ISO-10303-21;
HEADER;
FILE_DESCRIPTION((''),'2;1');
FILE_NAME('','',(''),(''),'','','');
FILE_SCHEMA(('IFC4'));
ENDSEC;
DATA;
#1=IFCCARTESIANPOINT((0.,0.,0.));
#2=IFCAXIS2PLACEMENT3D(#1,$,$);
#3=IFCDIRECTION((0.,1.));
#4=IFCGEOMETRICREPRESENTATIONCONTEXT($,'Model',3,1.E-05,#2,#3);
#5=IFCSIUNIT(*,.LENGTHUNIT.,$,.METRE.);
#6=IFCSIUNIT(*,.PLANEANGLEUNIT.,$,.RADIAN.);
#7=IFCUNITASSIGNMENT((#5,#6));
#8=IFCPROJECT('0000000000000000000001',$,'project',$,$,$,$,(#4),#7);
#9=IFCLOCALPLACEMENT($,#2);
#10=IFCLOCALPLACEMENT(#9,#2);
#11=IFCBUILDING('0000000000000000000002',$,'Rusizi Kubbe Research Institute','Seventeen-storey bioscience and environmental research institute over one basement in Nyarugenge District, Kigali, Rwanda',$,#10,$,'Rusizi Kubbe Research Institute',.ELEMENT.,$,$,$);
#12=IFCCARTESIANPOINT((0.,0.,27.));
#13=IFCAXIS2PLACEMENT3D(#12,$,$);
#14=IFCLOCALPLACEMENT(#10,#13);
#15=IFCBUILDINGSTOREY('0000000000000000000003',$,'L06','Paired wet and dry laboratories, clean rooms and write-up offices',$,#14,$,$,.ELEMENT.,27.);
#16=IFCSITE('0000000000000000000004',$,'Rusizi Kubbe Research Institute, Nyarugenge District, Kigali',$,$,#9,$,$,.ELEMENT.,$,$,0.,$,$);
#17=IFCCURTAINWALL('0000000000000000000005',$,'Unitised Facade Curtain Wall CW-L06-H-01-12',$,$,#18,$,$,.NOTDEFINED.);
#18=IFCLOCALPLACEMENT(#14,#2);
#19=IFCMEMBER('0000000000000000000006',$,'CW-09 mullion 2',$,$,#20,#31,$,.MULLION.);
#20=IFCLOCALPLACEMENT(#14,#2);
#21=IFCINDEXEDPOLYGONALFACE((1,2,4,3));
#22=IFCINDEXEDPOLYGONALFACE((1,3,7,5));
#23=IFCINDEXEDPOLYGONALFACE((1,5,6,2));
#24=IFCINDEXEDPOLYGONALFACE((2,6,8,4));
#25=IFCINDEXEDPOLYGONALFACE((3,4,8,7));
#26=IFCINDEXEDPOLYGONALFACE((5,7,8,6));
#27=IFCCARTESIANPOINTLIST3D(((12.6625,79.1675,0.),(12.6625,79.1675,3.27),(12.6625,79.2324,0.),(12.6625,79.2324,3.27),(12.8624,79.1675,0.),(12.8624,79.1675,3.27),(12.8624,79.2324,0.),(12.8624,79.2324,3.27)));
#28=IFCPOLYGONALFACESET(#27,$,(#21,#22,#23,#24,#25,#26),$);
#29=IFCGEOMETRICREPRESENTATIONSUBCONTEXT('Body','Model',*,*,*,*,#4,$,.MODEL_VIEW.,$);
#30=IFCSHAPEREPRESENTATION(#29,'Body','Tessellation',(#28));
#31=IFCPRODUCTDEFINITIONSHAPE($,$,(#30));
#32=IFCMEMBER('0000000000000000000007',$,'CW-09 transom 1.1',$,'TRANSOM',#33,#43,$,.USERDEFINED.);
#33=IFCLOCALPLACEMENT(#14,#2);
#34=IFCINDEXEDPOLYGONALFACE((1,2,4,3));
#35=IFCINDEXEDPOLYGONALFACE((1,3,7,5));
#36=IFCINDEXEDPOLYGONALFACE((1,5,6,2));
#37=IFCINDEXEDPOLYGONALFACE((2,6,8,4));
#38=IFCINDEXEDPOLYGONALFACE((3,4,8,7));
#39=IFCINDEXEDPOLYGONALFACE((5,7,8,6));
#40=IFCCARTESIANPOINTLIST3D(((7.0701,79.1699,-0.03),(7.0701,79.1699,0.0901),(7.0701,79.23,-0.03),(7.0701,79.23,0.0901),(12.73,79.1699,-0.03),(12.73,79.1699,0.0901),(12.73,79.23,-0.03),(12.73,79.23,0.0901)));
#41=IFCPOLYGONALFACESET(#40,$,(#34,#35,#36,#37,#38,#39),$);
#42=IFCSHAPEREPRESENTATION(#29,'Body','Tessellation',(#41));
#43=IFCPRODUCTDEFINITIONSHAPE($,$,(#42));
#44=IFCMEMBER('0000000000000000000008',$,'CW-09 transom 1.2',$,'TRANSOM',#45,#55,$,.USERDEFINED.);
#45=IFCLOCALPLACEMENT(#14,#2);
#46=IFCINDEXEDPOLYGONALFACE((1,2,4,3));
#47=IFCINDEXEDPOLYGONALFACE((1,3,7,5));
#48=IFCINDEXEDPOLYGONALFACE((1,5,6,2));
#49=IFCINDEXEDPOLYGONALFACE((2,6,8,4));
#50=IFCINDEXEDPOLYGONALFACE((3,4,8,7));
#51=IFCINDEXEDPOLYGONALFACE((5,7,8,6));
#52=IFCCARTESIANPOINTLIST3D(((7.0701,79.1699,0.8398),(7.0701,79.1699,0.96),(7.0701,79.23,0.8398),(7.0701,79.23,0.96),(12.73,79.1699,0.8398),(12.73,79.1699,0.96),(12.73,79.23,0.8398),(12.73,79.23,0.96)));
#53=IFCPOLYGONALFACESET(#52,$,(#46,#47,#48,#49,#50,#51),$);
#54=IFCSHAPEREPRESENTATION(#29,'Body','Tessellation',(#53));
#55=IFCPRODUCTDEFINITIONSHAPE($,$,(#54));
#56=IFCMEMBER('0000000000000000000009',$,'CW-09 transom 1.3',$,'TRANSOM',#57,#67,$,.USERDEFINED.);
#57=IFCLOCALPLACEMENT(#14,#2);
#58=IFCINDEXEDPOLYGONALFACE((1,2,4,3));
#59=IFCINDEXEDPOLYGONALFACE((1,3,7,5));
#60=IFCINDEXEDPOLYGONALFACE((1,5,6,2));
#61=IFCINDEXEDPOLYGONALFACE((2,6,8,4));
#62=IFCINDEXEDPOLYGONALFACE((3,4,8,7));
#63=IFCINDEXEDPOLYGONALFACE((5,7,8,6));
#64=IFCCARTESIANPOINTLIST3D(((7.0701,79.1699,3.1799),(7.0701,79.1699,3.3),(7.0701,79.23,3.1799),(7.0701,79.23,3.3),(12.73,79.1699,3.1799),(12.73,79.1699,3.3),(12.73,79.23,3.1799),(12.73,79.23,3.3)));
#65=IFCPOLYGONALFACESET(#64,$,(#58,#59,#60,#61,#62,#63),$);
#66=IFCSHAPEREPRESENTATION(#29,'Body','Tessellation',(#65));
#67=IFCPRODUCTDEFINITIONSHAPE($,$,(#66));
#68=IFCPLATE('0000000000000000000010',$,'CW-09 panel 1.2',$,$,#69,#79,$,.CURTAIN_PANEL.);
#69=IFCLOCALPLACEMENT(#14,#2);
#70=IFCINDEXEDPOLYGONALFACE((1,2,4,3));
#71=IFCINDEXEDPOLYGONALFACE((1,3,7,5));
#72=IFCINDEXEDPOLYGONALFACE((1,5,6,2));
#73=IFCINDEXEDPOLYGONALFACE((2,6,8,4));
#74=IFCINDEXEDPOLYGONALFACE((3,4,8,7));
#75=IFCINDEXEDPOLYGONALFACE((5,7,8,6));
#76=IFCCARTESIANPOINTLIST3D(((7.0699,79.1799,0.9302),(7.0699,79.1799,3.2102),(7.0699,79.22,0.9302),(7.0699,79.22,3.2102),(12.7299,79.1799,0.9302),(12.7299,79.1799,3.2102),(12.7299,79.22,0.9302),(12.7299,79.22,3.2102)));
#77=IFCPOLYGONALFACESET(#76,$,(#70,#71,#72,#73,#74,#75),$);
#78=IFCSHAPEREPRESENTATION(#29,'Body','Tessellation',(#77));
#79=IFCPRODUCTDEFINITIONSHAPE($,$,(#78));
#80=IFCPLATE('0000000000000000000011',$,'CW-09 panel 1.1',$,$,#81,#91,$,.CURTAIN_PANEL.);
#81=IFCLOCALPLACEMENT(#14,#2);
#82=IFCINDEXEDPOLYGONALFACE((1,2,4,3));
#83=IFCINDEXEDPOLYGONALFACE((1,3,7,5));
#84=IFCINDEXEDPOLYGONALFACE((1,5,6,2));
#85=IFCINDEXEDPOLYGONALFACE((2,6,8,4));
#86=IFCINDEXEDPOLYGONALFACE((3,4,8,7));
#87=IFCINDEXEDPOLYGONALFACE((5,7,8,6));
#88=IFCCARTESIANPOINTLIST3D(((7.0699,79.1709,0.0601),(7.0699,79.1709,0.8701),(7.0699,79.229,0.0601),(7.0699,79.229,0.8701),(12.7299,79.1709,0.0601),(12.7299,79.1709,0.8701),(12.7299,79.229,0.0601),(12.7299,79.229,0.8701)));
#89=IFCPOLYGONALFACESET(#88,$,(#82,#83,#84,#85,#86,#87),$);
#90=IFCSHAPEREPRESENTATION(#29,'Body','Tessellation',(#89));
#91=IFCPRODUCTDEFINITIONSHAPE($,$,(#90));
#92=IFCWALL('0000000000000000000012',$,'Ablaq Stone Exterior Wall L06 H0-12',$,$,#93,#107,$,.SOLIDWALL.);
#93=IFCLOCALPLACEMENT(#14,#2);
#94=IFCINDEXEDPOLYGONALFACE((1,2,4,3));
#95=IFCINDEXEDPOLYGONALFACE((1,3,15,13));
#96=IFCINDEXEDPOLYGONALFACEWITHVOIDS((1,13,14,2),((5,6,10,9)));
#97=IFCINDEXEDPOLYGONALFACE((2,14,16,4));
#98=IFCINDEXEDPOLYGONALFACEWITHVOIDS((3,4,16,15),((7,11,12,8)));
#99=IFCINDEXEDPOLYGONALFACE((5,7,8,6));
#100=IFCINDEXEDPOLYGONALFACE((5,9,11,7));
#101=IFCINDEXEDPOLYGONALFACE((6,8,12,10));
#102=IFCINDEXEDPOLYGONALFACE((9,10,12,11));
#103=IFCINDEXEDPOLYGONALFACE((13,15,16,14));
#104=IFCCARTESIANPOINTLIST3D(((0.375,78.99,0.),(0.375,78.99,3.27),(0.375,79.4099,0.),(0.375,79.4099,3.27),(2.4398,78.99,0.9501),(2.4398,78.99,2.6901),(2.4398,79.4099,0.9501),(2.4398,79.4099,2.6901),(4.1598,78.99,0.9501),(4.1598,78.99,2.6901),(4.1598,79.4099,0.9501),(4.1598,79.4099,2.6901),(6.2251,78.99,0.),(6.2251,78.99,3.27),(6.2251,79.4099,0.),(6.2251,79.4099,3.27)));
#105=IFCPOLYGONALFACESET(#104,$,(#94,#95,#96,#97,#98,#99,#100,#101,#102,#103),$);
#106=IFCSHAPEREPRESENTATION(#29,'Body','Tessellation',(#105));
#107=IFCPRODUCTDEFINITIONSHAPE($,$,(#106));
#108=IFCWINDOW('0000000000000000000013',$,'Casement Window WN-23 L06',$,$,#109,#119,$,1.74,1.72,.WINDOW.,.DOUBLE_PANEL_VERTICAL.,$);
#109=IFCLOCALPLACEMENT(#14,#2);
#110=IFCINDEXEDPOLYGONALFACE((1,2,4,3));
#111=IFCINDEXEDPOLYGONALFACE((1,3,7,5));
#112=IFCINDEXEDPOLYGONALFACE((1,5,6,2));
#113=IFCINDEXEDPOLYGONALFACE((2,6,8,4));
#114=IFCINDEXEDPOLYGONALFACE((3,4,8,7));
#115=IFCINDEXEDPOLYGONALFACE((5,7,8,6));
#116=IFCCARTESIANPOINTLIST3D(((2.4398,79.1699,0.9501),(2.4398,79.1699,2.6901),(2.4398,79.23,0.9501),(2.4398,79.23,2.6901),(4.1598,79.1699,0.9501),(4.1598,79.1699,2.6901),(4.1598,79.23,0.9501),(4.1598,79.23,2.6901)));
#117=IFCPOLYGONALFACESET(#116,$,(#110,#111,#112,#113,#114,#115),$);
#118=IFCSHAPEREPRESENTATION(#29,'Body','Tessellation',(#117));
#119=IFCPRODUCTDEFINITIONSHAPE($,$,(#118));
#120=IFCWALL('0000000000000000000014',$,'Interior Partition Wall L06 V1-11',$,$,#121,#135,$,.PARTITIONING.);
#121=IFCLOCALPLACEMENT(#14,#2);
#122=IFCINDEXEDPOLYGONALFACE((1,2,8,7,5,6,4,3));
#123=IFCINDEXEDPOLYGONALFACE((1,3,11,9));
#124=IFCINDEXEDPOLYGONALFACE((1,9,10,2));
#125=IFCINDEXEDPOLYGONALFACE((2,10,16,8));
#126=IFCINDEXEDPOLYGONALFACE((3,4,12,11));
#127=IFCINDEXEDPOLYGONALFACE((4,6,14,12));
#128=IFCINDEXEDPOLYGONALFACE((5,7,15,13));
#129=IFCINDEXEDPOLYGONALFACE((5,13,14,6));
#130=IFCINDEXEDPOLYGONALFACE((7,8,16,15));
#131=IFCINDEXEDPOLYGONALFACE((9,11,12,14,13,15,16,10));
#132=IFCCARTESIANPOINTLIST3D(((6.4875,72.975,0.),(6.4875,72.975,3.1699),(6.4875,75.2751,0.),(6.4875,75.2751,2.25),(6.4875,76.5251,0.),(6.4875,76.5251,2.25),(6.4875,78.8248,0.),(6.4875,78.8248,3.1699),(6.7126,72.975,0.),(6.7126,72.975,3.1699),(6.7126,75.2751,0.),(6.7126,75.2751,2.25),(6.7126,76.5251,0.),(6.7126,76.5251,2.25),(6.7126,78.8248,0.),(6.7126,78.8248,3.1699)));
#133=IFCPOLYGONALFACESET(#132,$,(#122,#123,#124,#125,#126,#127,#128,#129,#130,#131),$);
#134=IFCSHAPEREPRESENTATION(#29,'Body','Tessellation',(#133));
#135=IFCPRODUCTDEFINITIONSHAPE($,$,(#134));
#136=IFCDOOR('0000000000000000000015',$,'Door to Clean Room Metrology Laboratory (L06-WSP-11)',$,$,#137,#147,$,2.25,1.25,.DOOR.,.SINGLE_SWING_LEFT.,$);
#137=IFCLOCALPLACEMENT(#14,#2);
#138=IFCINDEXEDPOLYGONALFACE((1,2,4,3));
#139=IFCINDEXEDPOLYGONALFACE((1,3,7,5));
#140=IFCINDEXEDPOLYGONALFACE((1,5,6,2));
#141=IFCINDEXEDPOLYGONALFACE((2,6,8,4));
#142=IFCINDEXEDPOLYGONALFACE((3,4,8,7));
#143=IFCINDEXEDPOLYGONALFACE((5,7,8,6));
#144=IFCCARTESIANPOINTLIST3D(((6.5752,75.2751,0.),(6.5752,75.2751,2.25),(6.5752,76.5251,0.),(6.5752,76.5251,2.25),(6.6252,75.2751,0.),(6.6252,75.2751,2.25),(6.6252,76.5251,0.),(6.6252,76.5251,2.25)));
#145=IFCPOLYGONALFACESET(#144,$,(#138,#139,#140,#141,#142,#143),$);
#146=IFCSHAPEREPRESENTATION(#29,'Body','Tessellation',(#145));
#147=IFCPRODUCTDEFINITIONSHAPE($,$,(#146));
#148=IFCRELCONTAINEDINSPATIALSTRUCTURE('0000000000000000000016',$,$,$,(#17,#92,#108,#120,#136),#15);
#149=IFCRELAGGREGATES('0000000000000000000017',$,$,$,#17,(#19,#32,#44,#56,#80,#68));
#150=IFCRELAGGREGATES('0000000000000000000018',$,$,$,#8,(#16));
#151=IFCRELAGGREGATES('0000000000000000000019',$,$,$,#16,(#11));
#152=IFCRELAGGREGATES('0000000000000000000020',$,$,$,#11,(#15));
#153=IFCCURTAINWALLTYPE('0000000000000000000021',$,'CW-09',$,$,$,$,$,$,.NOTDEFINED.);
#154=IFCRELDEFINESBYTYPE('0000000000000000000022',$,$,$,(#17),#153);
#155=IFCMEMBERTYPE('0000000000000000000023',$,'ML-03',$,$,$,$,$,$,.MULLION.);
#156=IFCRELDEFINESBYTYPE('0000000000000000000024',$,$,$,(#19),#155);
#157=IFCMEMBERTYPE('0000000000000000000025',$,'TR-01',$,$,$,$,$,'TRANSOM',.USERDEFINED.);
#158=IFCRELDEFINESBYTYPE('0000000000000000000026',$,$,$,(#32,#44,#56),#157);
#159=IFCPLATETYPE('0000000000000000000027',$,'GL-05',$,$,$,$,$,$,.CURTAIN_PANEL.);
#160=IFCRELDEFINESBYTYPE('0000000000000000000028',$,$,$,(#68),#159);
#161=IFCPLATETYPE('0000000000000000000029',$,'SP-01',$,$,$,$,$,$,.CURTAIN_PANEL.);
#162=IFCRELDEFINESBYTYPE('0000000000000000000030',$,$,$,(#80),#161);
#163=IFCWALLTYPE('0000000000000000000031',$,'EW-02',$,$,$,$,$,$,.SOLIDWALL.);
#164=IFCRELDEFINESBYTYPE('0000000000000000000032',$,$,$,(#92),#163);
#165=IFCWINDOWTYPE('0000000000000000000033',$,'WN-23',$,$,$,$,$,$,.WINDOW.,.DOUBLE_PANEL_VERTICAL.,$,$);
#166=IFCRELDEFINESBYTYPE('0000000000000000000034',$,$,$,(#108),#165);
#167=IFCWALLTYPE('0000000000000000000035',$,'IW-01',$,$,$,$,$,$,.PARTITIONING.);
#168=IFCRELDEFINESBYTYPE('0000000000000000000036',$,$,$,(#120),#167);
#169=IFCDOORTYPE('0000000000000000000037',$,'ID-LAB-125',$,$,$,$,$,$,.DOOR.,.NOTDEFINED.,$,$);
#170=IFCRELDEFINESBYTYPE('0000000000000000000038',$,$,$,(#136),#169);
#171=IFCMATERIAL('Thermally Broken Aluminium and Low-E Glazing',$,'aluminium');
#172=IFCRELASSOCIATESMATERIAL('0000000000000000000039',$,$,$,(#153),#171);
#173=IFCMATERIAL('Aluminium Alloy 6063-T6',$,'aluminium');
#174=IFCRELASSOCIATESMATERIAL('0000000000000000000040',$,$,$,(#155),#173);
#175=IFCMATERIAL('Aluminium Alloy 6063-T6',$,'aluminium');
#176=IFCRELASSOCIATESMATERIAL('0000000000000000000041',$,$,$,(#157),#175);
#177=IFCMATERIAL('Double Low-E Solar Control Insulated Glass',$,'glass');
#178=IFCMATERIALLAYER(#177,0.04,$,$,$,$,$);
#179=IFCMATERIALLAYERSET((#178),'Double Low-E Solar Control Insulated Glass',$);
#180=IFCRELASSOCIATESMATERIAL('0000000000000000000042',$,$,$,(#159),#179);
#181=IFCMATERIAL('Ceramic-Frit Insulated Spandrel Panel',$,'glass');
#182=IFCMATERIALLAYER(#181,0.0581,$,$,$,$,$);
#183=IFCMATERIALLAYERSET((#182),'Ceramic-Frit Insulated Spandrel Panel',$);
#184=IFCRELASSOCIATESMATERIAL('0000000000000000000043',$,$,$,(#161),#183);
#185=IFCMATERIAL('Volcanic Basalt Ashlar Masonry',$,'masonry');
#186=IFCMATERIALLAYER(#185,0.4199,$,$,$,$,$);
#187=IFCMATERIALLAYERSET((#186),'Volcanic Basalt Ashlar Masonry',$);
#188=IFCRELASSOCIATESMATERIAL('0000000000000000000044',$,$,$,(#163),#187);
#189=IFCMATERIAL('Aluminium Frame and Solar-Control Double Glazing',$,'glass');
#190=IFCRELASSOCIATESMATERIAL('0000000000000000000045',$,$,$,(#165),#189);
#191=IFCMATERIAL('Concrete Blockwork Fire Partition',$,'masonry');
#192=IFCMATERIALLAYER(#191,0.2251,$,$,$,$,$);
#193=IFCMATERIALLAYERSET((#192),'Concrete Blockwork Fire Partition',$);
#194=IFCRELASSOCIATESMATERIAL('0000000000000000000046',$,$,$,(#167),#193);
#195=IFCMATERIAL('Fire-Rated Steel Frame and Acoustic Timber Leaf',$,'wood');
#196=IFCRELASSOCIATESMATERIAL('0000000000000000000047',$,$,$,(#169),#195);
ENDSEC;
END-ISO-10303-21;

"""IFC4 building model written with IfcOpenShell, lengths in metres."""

from ifc_helpers import new_model, si_unit, direction, frame, frame_2d, origin, origin_2d, place, context, subcontext, project, spatial, rectangle, extrude, material, layer, layer_set, material_profile, profile_set, type_object, element, fill, aggregate, save


model = new_model("IFC4")

# Units and contexts
model_context = context("Model", 3, precision=1e-05, world=origin(), true_north=direction((0.0, 1.0)))
body_context = subcontext(model_context, "Body", "Model", "MODEL_VIEW")
ifc_project = project(units=[si_unit("LENGTHUNIT", "METRE"), si_unit("PLANEANGLEUNIT", "RADIAN")], contexts=[model_context])

# Site, building, storey
site_placement = place(None, origin())
site = spatial("IfcSite", under=ifc_project, at=site_placement, Name="Rusizi Kubbe Research Institute, Nyarugenge District, Kigali", CompositionType="ELEMENT", RefElevation=0.0)
building_placement = place(site_placement, origin())
building = spatial("IfcBuilding", under=site, at=building_placement, Name="Rusizi Kubbe Research Institute", Description="Seventeen-storey bioscience and environmental research institute over one basement in Nyarugenge District, Kigali, Rwanda", LongName="Rusizi Kubbe Research Institute", CompositionType="ELEMENT")
storey_placement = place(building_placement, frame((0.0, 0.0, 27.0)))
storey = spatial("IfcBuildingStorey", under=building, at=storey_placement, Name="L06", Description="Paired wet and dry laboratories, clean rooms and write-up offices", CompositionType="ELEMENT", Elevation=27.0)

# Curtain wall, members, plates
ifc_material_1 = material(Name="Thermally Broken Aluminium and Low-E Glazing", Category="aluminium")
curtain_wall_type = type_object("IfcCurtainWallType", Name="CW-09", PredefinedType="NOTDEFINED", material=ifc_material_1)
curtain_wall_placement = place(storey_placement, origin())
curtain_wall = element("IfcCurtainWall", 1, at=curtain_wall_placement, inside=storey, type_object=curtain_wall_type, Name="Unitised Facade Curtain Wall CW-L06-H-01-12", PredefinedType="NOTDEFINED")
ifc_material_2 = material(Name="Aluminium Alloy 6063-T6", Category="aluminium")
ifc_material_profile_1 = material_profile(ifc_material_2, rectangle(XDim=0.0649, YDim=0.2, at=origin_2d()), Name="ALU-M 65x200")
ifc_profile_set_1 = profile_set([ifc_material_profile_1], Name="Aluminium Alloy 6063-T6")
member_type_1 = type_object("IfcMemberType", Name="ML-03", PredefinedType="MULLION", material=ifc_profile_set_1)
member_1_placement = place(storey_placement, frame((12.7625, 79.2, 0.0), z_axis=(0.0, 0.0, 1.0), x_axis=(0.0, 1.0, 0.0)))
member_1 = element("IfcMember", 2, at=member_1_placement, type_object=member_type_1, Name="CW-09 mullion 2", PredefinedType="MULLION", context=body_context, shape_type="SweptSolid", body=[
    extrude(rectangle(XDim=0.0649, YDim=0.2, at=origin_2d()), origin(), (0.0, 0.0, 1.0), 3.27),
])
ifc_material_3 = material(Name="Aluminium Alloy 6063-T6", Category="aluminium")
ifc_material_profile_2 = material_profile(ifc_material_3, rectangle(XDim=0.0601, YDim=0.1201, at=origin_2d()), Name="ALU-T 60x120")
ifc_profile_set_2 = profile_set([ifc_material_profile_2], Name="Aluminium Alloy 6063-T6")
member_type_2 = type_object("IfcMemberType", Name="TR-01", ElementType="TRANSOM", PredefinedType="USERDEFINED", material=ifc_profile_set_2)
member_2_placement = place(storey_placement, frame((7.0701, 79.2, 0.03), z_axis=(1.0, 0.0, 0.0), x_axis=(0.0, 1.0, 0.0)))
member_2 = element("IfcMember", 3, at=member_2_placement, type_object=member_type_2, Name="CW-09 transom 1.1", ObjectType="TRANSOM", PredefinedType="USERDEFINED", context=body_context, shape_type="SweptSolid", body=[
    extrude(rectangle(XDim=0.0601, YDim=0.1201, at=origin_2d()), origin(), (0.0, 0.0, 1.0), 5.6599),
])
member_3_placement = place(storey_placement, frame((7.0701, 79.2, 0.8999), z_axis=(1.0, 0.0, 0.0), x_axis=(0.0, 1.0, 0.0)))
member_3 = element("IfcMember", 4, at=member_3_placement, type_object=member_type_2, Name="CW-09 transom 1.2", ObjectType="TRANSOM", PredefinedType="USERDEFINED", context=body_context, shape_type="SweptSolid", body=[
    extrude(rectangle(XDim=0.0601, YDim=0.1201, at=origin_2d()), origin(), (0.0, 0.0, 1.0), 5.6599),
])
member_4_placement = place(storey_placement, frame((7.0701, 79.2, 3.24), z_axis=(1.0, 0.0, 0.0), x_axis=(0.0, 1.0, 0.0)))
member_4 = element("IfcMember", 5, at=member_4_placement, type_object=member_type_2, Name="CW-09 transom 1.3", ObjectType="TRANSOM", PredefinedType="USERDEFINED", context=body_context, shape_type="SweptSolid", body=[
    extrude(rectangle(XDim=0.0601, YDim=0.1201, at=origin_2d()), origin(), (0.0, 0.0, 1.0), 5.6599),
])
ifc_material_4 = material(Name="Double Low-E Solar Control Insulated Glass", Category="glass")
ifc_layer_1 = layer(ifc_material_4, 0.04)
ifc_layer_set_1 = layer_set([ifc_layer_1], Name="Double Low-E Solar Control Insulated Glass")
plate_type_1 = type_object("IfcPlateType", Name="GL-05", PredefinedType="CURTAIN_PANEL", material=ifc_layer_set_1)
plate_1_placement = place(storey_placement, frame((9.8999, 79.2, 0.9302), z_axis=(0.0, 0.0, 1.0), x_axis=(1.0, 0.0, 0.0)))
plate_1 = element("IfcPlate", 6, at=plate_1_placement, type_object=plate_type_1, Name="CW-09 panel 1.2", PredefinedType="CURTAIN_PANEL", context=body_context, shape_type="SweptSolid", body=[
    extrude(rectangle(XDim=5.6599, YDim=0.04, at=origin_2d()), origin(), (0.0, 0.0, 1.0), 2.28),
])
ifc_material_5 = material(Name="Ceramic-Frit Insulated Spandrel Panel", Category="glass")
ifc_layer_2 = layer(ifc_material_5, 0.0581)
ifc_layer_set_2 = layer_set([ifc_layer_2], Name="Ceramic-Frit Insulated Spandrel Panel")
plate_type_2 = type_object("IfcPlateType", Name="SP-01", PredefinedType="CURTAIN_PANEL", material=ifc_layer_set_2)
plate_2_placement = place(storey_placement, frame((9.8999, 79.2, 0.0601), z_axis=(0.0, 0.0, 1.0), x_axis=(1.0, 0.0, 0.0)))
plate_2 = element("IfcPlate", 7, at=plate_2_placement, type_object=plate_type_2, Name="CW-09 panel 1.1", PredefinedType="CURTAIN_PANEL", context=body_context, shape_type="SweptSolid", body=[
    extrude(rectangle(XDim=5.6599, YDim=0.0581, at=origin_2d()), origin(), (0.0, 0.0, 1.0), 0.8101),
])
aggregate(curtain_wall, [member_1, member_2, member_3, member_4, plate_2, plate_1])

# Wall, opening, window
ifc_material_6 = material(Name="Volcanic Basalt Ashlar Masonry", Category="masonry")
ifc_layer_3 = layer(ifc_material_6, 0.4199)
ifc_layer_set_3 = layer_set([ifc_layer_3], Name="Volcanic Basalt Ashlar Masonry")
wall_type_1 = type_object("IfcWallType", Name="EW-02", PredefinedType="SOLIDWALL", material=ifc_layer_set_3)
wall_1_placement = place(storey_placement, frame((0.375, 79.2, 0.0), z_axis=(0.0, 0.0, 1.0), x_axis=(1.0, 0.0, 0.0)))
wall_1 = element("IfcWall", 8, at=wall_1_placement, inside=storey, type_object=wall_type_1, Name="Ablaq Stone Exterior Wall L06 H0-12", PredefinedType="SOLIDWALL", context=body_context, shape_type="SweptSolid", body=[
    extrude(rectangle(XDim=5.8501, YDim=0.4199, at=frame_2d((2.925, 0.0))), origin(), (0.0, 0.0, 1.0), 3.27),
])
opening_1_placement = place(wall_1_placement, frame((2.0649, 0.0, 0.95)))
opening_1 = element("IfcOpeningElement", 9, at=opening_1_placement, cuts=wall_1, PredefinedType="OPENING", context=body_context, shape_type="SweptSolid", body=[
    extrude(rectangle(XDim=1.72, YDim=1.74, at=frame_2d((0.8599, 0.8701))), frame((0.0, 0.22, 0.0), z_axis=(0.0, -1.0, 0.0), x_axis=(1.0, 0.0, 0.0)), (0.0, 0.0, 1.0), 0.4399),
])
ifc_material_7 = material(Name="Aluminium Frame and Solar-Control Double Glazing", Category="glass")
window_type = type_object("IfcWindowType", Name="WN-23", PartitioningType="DOUBLE_PANEL_VERTICAL", PredefinedType="WINDOW", material=ifc_material_7)
window_placement = place(opening_1_placement, origin())
window = element("IfcWindow", 10, at=window_placement, inside=storey, type_object=window_type, Name="Casement Window WN-23 L06", OverallHeight=1.74, OverallWidth=1.72, PartitioningType="DOUBLE_PANEL_VERTICAL", PredefinedType="WINDOW", context=body_context, shape_type="SweptSolid", body=[
    extrude(rectangle(XDim=1.72, YDim=1.74, at=frame_2d((0.8599, 0.8701))), frame((0.0, 0.03, 0.0), z_axis=(0.0, -1.0, 0.0), x_axis=(1.0, 0.0, 0.0)), (0.0, 0.0, 1.0), 0.0601),
])
fill(opening_1, window)

# Wall, opening, door
ifc_material_8 = material(Name="Concrete Blockwork Fire Partition", Category="masonry")
ifc_layer_4 = layer(ifc_material_8, 0.2251)
ifc_layer_set_4 = layer_set([ifc_layer_4], Name="Concrete Blockwork Fire Partition")
wall_type_2 = type_object("IfcWallType", Name="IW-01", PredefinedType="PARTITIONING", material=ifc_layer_set_4)
wall_2_placement = place(storey_placement, frame((6.6001, 72.9751, 0.0), z_axis=(0.0, 0.0, 1.0), x_axis=(0.0, 1.0, 0.0)))
wall_2 = element("IfcWall", 11, at=wall_2_placement, inside=storey, type_object=wall_type_2, Name="Interior Partition Wall L06 V1-11", PredefinedType="PARTITIONING", context=body_context, shape_type="SweptSolid", body=[
    extrude(rectangle(XDim=5.8499, YDim=0.2251, at=frame_2d((2.9248, 0.0))), origin(), (0.0, 0.0, 1.0), 3.1699),
])
opening_2_placement = place(wall_2_placement, frame((2.3, 0.0, 0.0)))
opening_2 = element("IfcOpeningElement", 12, at=opening_2_placement, cuts=wall_2, PredefinedType="OPENING", context=body_context, shape_type="SweptSolid", body=[
    extrude(rectangle(XDim=1.25, YDim=2.25, at=frame_2d((0.625, 1.125))), frame((0.0, 0.1226, 0.0), z_axis=(0.0, -1.0, 0.0), x_axis=(1.0, 0.0, 0.0)), (0.0, 0.0, 1.0), 0.2451),
])
ifc_material_9 = material(Name="Fire-Rated Steel Frame and Acoustic Timber Leaf", Category="wood")
door_type_1 = type_object("IfcDoorType", Name="ID-LAB-125", OperationType="NOTDEFINED", PredefinedType="DOOR", material=ifc_material_9)
door_1_placement = place(opening_2_placement, origin())
door_1 = element("IfcDoor", 13, at=door_1_placement, inside=storey, type_object=door_type_1, Name="Door to Clean Room Metrology Laboratory (L06-WSP-11)", OperationType="SINGLE_SWING_LEFT", OverallHeight=2.25, OverallWidth=1.25, PredefinedType="DOOR", context=body_context, shape_type="SweptSolid", body=[
    extrude(rectangle(XDim=1.25, YDim=2.25, at=frame_2d((0.625, 1.125))), frame((0.0, 0.0249, 0.0), z_axis=(0.0, -1.0, 0.0), x_axis=(1.0, 0.0, 0.0)), (0.0, 0.0, 1.0), 0.05),
])
fill(opening_2, door_1)

save(model, "model.ifc")
